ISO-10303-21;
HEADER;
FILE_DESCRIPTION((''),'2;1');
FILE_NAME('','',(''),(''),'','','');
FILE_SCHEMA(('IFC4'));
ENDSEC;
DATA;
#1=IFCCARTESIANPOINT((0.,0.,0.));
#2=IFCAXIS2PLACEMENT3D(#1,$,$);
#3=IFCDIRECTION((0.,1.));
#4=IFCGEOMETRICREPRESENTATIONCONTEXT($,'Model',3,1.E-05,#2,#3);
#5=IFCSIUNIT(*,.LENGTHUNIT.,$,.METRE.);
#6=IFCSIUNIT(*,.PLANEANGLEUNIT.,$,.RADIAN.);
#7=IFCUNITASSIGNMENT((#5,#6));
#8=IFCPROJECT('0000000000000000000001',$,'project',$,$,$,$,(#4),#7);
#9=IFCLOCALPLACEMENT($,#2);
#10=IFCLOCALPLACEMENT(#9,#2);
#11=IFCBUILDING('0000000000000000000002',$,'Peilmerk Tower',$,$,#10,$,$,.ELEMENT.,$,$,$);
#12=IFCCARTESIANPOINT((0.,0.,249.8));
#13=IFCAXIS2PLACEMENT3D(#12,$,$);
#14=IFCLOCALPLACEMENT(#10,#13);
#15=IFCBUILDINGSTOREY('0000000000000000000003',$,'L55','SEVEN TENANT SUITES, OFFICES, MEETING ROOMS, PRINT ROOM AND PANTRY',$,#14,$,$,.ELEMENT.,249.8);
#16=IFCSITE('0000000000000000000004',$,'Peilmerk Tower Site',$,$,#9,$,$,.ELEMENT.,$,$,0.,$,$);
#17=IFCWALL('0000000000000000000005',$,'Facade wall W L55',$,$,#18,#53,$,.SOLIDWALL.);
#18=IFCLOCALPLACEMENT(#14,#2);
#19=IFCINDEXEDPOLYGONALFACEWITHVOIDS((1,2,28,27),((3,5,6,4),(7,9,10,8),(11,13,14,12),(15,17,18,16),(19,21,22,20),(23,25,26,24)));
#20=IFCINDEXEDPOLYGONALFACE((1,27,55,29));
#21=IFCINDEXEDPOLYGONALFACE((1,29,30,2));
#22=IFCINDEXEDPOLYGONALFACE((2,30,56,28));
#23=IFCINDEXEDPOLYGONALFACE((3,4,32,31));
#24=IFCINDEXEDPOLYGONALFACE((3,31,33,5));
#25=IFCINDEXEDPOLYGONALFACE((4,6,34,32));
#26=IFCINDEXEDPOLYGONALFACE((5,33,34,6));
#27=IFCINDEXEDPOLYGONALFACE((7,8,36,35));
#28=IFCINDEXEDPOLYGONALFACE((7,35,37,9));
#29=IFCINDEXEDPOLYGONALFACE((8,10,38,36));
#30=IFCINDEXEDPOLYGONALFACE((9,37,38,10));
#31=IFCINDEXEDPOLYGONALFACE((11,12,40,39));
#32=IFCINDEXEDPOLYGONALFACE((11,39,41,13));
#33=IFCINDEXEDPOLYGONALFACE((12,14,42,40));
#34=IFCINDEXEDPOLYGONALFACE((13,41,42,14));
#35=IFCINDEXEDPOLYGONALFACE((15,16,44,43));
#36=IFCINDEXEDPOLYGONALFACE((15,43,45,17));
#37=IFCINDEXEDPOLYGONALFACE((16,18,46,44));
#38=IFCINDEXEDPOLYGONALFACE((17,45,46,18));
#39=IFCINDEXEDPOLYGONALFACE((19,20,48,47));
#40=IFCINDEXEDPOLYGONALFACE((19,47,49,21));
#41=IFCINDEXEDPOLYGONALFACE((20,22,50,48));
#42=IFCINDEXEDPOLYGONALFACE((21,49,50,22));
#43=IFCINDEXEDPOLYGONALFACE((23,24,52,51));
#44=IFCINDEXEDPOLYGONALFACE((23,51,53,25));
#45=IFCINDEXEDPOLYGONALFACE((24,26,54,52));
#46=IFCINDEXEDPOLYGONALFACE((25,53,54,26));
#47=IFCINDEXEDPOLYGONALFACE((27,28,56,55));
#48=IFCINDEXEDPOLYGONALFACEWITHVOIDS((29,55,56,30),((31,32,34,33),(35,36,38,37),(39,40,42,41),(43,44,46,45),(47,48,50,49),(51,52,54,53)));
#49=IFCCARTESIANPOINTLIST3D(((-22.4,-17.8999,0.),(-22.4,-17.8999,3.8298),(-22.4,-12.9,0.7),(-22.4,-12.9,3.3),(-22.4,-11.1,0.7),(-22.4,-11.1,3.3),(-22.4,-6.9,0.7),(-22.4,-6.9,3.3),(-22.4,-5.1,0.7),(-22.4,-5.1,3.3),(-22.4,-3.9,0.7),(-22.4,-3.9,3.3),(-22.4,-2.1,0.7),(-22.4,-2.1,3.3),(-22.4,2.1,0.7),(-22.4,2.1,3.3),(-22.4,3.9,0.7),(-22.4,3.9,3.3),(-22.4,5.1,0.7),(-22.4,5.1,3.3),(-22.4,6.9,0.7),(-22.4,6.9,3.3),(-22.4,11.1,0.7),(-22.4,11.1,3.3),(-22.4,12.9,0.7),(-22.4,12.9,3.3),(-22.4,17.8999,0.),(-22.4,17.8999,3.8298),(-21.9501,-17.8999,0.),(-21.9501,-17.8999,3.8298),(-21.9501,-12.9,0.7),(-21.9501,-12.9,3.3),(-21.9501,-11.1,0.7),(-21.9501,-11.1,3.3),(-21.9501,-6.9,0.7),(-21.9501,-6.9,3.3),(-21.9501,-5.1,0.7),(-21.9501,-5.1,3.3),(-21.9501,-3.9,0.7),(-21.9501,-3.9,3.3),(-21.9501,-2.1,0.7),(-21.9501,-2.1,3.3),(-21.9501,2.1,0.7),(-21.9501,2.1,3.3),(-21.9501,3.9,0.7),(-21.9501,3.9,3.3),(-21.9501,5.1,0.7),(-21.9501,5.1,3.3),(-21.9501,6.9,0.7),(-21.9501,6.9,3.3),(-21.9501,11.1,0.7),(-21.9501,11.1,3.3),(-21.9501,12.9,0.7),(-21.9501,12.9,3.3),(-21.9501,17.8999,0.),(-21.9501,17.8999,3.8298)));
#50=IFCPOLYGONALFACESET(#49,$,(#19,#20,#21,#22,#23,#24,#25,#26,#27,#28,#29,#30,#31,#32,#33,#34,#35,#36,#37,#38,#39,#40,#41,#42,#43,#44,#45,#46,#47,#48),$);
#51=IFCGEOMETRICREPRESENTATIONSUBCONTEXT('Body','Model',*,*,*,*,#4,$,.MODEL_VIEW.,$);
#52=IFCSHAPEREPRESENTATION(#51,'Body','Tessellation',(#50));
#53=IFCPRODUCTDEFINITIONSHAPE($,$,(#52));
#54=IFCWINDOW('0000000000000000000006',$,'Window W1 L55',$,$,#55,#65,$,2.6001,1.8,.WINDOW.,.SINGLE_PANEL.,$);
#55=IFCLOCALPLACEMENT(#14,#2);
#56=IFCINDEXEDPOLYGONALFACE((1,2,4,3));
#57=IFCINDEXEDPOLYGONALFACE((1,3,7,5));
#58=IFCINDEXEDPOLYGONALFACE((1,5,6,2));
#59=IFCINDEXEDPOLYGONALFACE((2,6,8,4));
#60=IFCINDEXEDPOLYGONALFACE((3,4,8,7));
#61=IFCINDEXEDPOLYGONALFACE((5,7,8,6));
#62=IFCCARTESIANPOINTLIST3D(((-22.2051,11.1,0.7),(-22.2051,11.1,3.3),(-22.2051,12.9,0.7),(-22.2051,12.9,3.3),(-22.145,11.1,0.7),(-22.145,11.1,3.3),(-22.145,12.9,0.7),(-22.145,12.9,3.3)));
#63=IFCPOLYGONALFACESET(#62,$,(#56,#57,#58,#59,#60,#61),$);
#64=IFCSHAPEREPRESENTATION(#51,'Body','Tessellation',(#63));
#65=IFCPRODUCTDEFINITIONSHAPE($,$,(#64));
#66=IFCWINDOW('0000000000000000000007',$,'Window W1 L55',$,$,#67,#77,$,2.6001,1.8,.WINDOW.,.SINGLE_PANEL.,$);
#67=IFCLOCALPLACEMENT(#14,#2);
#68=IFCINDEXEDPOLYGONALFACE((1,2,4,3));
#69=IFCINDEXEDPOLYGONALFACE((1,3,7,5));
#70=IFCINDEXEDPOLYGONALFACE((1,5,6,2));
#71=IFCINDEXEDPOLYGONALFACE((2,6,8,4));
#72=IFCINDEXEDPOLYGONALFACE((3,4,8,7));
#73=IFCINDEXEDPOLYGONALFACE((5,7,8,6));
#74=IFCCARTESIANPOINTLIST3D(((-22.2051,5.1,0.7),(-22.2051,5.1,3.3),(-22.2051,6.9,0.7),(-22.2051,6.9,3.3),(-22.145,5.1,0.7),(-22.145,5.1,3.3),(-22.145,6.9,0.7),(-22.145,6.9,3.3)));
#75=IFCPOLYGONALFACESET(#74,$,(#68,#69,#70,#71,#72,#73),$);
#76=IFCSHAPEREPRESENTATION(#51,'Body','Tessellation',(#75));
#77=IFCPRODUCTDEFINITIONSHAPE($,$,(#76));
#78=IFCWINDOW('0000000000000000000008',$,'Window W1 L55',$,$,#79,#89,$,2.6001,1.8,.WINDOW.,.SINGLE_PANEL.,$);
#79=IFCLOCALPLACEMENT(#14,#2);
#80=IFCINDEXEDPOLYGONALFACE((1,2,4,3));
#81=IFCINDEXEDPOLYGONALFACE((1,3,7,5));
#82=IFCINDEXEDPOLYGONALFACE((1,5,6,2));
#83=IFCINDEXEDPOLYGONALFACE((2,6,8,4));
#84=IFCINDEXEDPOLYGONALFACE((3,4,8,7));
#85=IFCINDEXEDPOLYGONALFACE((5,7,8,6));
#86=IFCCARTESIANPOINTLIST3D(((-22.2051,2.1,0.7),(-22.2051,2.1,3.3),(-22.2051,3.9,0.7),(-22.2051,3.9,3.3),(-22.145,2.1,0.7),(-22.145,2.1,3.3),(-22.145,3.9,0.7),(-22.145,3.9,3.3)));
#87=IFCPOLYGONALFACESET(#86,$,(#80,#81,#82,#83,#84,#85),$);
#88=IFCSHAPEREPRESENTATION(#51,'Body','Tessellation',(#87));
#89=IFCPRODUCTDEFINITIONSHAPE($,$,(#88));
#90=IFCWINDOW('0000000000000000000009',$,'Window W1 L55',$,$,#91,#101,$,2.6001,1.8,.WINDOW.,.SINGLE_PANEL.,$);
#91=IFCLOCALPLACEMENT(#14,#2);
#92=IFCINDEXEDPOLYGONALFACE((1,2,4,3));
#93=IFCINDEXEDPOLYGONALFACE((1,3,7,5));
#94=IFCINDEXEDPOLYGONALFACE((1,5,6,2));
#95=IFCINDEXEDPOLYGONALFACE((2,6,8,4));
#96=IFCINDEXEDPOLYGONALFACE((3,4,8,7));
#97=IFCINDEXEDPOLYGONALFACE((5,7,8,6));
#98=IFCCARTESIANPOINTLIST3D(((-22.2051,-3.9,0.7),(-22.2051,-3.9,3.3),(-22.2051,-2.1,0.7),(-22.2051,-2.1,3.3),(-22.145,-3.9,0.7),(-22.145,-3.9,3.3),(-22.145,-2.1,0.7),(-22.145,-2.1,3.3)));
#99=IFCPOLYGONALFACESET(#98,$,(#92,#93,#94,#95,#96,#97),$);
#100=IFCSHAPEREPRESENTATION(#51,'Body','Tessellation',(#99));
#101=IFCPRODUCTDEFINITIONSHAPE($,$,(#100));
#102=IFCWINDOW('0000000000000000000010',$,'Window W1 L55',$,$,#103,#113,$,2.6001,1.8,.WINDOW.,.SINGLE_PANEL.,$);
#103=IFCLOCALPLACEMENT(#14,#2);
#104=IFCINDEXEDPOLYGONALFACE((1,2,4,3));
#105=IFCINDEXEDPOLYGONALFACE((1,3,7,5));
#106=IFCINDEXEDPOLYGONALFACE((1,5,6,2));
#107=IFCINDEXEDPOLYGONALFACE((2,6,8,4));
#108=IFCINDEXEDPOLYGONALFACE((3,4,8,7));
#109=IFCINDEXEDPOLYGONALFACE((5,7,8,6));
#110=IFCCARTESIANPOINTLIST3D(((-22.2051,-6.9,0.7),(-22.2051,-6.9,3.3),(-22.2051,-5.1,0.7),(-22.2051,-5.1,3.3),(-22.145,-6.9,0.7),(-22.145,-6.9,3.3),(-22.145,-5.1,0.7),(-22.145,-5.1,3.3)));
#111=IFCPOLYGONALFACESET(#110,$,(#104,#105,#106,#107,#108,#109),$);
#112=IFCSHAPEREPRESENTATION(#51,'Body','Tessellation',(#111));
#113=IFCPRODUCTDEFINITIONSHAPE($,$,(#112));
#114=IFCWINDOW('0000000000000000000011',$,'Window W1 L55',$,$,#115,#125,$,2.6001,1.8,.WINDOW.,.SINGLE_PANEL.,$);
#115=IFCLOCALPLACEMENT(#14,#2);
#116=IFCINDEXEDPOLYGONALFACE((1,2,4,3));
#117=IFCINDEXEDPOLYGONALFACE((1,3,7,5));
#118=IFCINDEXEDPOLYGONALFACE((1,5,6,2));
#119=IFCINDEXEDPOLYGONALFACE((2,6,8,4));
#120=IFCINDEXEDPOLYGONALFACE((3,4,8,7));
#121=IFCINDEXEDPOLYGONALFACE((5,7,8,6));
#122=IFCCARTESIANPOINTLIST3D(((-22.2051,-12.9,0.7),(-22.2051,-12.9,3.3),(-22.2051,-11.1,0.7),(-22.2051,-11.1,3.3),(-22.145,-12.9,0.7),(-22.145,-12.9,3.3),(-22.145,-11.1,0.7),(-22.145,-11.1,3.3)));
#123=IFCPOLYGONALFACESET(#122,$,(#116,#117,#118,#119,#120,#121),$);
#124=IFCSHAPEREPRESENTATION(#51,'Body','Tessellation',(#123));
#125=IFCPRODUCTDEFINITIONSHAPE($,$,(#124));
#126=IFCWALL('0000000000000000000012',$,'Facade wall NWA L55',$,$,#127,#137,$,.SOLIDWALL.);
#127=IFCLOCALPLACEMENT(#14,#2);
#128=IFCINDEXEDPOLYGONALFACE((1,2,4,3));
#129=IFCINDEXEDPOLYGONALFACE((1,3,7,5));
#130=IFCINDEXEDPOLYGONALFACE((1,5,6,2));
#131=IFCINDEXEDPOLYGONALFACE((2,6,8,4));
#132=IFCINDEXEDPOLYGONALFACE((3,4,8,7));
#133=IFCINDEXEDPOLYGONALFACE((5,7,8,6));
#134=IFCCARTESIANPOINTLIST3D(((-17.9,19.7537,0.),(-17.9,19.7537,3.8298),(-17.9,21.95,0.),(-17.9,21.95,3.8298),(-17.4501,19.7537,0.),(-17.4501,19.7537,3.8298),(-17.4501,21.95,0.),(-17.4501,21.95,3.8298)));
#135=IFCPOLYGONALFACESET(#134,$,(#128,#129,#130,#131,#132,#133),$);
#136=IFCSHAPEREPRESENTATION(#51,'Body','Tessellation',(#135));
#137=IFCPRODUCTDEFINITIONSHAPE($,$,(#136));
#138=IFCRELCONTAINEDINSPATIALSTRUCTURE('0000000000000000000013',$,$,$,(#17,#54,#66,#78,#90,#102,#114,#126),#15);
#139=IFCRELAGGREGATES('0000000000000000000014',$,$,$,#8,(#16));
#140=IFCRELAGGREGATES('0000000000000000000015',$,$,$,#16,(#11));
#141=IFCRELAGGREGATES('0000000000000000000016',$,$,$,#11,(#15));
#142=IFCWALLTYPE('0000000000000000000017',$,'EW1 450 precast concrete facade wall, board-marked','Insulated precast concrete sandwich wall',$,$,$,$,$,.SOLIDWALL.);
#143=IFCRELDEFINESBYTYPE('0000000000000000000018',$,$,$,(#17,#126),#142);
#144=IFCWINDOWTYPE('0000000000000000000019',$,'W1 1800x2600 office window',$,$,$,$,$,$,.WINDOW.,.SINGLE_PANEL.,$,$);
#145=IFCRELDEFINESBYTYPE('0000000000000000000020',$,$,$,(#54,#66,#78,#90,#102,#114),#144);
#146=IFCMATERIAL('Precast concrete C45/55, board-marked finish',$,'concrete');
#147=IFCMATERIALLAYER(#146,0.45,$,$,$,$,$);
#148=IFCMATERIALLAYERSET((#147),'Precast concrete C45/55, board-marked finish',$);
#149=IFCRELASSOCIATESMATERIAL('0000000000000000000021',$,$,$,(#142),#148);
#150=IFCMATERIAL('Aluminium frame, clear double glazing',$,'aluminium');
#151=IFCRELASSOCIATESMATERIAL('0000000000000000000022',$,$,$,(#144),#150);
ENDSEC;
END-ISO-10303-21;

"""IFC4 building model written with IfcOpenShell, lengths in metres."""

from ifc_helpers import new_model, si_unit, direction, frame, frame_2d, origin, place, context, subcontext, project, spatial, rectangle, extrude, material, layer, layer_set, type_object, element, fill, save


model = new_model("IFC4")

# Units and contexts
model_context = context("Model", 3, precision=1e-05, world=origin(), true_north=direction((0.0, 1.0)))
body_context = subcontext(model_context, "Body", "Model", "MODEL_VIEW")
ifc_project = project(units=[si_unit("LENGTHUNIT", "METRE"), si_unit("PLANEANGLEUNIT", "RADIAN")], contexts=[model_context])

# Site, building, storey
site_placement = place(None, origin())
site = spatial("IfcSite", under=ifc_project, at=site_placement, Name="Peilmerk Tower Site", CompositionType="ELEMENT", RefElevation=0.0)
building_placement = place(site_placement, origin())
building = spatial("IfcBuilding", under=site, at=building_placement, Name="Peilmerk Tower", CompositionType="ELEMENT")
storey_placement = place(building_placement, frame((0.0, 0.0, 249.8)))
storey = spatial("IfcBuildingStorey", under=building, at=storey_placement, Name="L55", Description="SEVEN TENANT SUITES, OFFICES, MEETING ROOMS, PRINT ROOM AND PANTRY", CompositionType="ELEMENT", Elevation=249.8)

# Wall, openings, windows
ifc_material_1 = material(Name="Precast concrete C45/55, board-marked finish", Category="concrete")
ifc_layer_1 = layer(ifc_material_1, 0.45)
ifc_layer_set_1 = layer_set([ifc_layer_1], Name="Precast concrete C45/55, board-marked finish")
wall_type = type_object("IfcWallType", Name="EW1 450 precast concrete facade wall, board-marked", Description="Insulated precast concrete sandwich wall", PredefinedType="SOLIDWALL", material=ifc_layer_set_1)
wall_1_placement = place(storey_placement, frame((-22.175, 17.8999, 0.0), z_axis=(0.0, 0.0, 1.0), x_axis=(0.0, -1.0, 0.0)))
wall_1 = element("IfcWall", 1, at=wall_1_placement, inside=storey, type_object=wall_type, Name="Facade wall W L55", PredefinedType="SOLIDWALL", context=body_context, shape_type="SweptSolid", body=[
    extrude(rectangle(XDim=35.7998, YDim=0.45, at=frame_2d((17.8999, 0.0))), origin(), (0.0, 0.0, 1.0), 3.8298),
])
opening_1_placement = place(wall_1_placement, frame((5.0, 0.0, 0.7)))
opening_1 = element("IfcOpeningElement", 2, at=opening_1_placement, cuts=wall_1, PredefinedType="OPENING", context=body_context, shape_type="SweptSolid", body=[
    extrude(rectangle(XDim=1.8, YDim=2.6001, at=frame_2d((0.8999, 1.3))), frame((0.0, 0.2349, 0.0), z_axis=(0.0, -1.0, 0.0), x_axis=(1.0, 0.0, 0.0)), (0.0, 0.0, 1.0), 0.47),
])
opening_2_placement = place(wall_1_placement, frame((11.0, 0.0, 0.7)))
opening_2 = element("IfcOpeningElement", 3, at=opening_2_placement, cuts=wall_1, PredefinedType="OPENING", context=body_context, shape_type="SweptSolid", body=[
    extrude(rectangle(XDim=1.8, YDim=2.6001, at=frame_2d((0.8999, 1.3))), frame((0.0, 0.2349, 0.0), z_axis=(0.0, -1.0, 0.0), x_axis=(1.0, 0.0, 0.0)), (0.0, 0.0, 1.0), 0.47),
])
opening_3_placement = place(wall_1_placement, frame((14.0, 0.0, 0.7)))
opening_3 = element("IfcOpeningElement", 4, at=opening_3_placement, cuts=wall_1, PredefinedType="OPENING", context=body_context, shape_type="SweptSolid", body=[
    extrude(rectangle(XDim=1.8, YDim=2.6001, at=frame_2d((0.8999, 1.3))), frame((0.0, 0.2349, 0.0), z_axis=(0.0, -1.0, 0.0), x_axis=(1.0, 0.0, 0.0)), (0.0, 0.0, 1.0), 0.47),
])
opening_4_placement = place(wall_1_placement, frame((20.0, 0.0, 0.7)))
opening_4 = element("IfcOpeningElement", 5, at=opening_4_placement, cuts=wall_1, PredefinedType="OPENING", context=body_context, shape_type="SweptSolid", body=[
    extrude(rectangle(XDim=1.8, YDim=2.6001, at=frame_2d((0.8999, 1.3))), frame((0.0, 0.2349, 0.0), z_axis=(0.0, -1.0, 0.0), x_axis=(1.0, 0.0, 0.0)), (0.0, 0.0, 1.0), 0.47),
])
opening_5_placement = place(wall_1_placement, frame((23.0, 0.0, 0.7)))
opening_5 = element("IfcOpeningElement", 6, at=opening_5_placement, cuts=wall_1, PredefinedType="OPENING", context=body_context, shape_type="SweptSolid", body=[
    extrude(rectangle(XDim=1.8, YDim=2.6001, at=frame_2d((0.8999, 1.3))), frame((0.0, 0.2349, 0.0), z_axis=(0.0, -1.0, 0.0), x_axis=(1.0, 0.0, 0.0)), (0.0, 0.0, 1.0), 0.47),
])
opening_6_placement = place(wall_1_placement, frame((29.0, 0.0, 0.7)))
opening_6 = element("IfcOpeningElement", 7, at=opening_6_placement, cuts=wall_1, PredefinedType="OPENING", context=body_context, shape_type="SweptSolid", body=[
    extrude(rectangle(XDim=1.8, YDim=2.6001, at=frame_2d((0.8999, 1.3))), frame((0.0, 0.2349, 0.0), z_axis=(0.0, -1.0, 0.0), x_axis=(1.0, 0.0, 0.0)), (0.0, 0.0, 1.0), 0.47),
])
ifc_material_2 = material(Name="Aluminium frame, clear double glazing", Category="aluminium")
window_type = type_object("IfcWindowType", Name="W1 1800x2600 office window", PartitioningType="SINGLE_PANEL", PredefinedType="WINDOW", material=ifc_material_2)
window_1_placement = place(opening_1_placement, origin())
window_1 = element("IfcWindow", 8, at=window_1_placement, inside=storey, type_object=window_type, Name="Window W1 L55", OverallHeight=2.6001, OverallWidth=1.8, PartitioningType="SINGLE_PANEL", PredefinedType="WINDOW", context=body_context, shape_type="SweptSolid", body=[
    extrude(rectangle(XDim=1.8, YDim=2.6001, at=frame_2d((0.8999, 1.3))), frame((0.0, 0.03, 0.0), z_axis=(0.0, -1.0, 0.0), x_axis=(1.0, 0.0, 0.0)), (0.0, 0.0, 1.0), 0.0601),
])
fill(opening_1, window_1)
window_2_placement = place(opening_2_placement, origin())
window_2 = element("IfcWindow", 9, at=window_2_placement, inside=storey, type_object=window_type, Name="Window W1 L55", OverallHeight=2.6001, OverallWidth=1.8, PartitioningType="SINGLE_PANEL", PredefinedType="WINDOW", context=body_context, shape_type="SweptSolid", body=[
    extrude(rectangle(XDim=1.8, YDim=2.6001, at=frame_2d((0.8999, 1.3))), frame((0.0, 0.03, 0.0), z_axis=(0.0, -1.0, 0.0), x_axis=(1.0, 0.0, 0.0)), (0.0, 0.0, 1.0), 0.0601),
])
fill(opening_2, window_2)
window_3_placement = place(opening_3_placement, origin())
window_3 = element("IfcWindow", 10, at=window_3_placement, inside=storey, type_object=window_type, Name="Window W1 L55", OverallHeight=2.6001, OverallWidth=1.8, PartitioningType="SINGLE_PANEL", PredefinedType="WINDOW", context=body_context, shape_type="SweptSolid", body=[
    extrude(rectangle(XDim=1.8, YDim=2.6001, at=frame_2d((0.8999, 1.3))), frame((0.0, 0.03, 0.0), z_axis=(0.0, -1.0, 0.0), x_axis=(1.0, 0.0, 0.0)), (0.0, 0.0, 1.0), 0.0601),
])
fill(opening_3, window_3)
window_4_placement = place(opening_4_placement, origin())
window_4 = element("IfcWindow", 11, at=window_4_placement, inside=storey, type_object=window_type, Name="Window W1 L55", OverallHeight=2.6001, OverallWidth=1.8, PartitioningType="SINGLE_PANEL", PredefinedType="WINDOW", context=body_context, shape_type="SweptSolid", body=[
    extrude(rectangle(XDim=1.8, YDim=2.6001, at=frame_2d((0.8999, 1.3))), frame((0.0, 0.03, 0.0), z_axis=(0.0, -1.0, 0.0), x_axis=(1.0, 0.0, 0.0)), (0.0, 0.0, 1.0), 0.0601),
])
fill(opening_4, window_4)
window_5_placement = place(opening_5_placement, origin())
window_5 = element("IfcWindow", 12, at=window_5_placement, inside=storey, type_object=window_type, Name="Window W1 L55", OverallHeight=2.6001, OverallWidth=1.8, PartitioningType="SINGLE_PANEL", PredefinedType="WINDOW", context=body_context, shape_type="SweptSolid", body=[
    extrude(rectangle(XDim=1.8, YDim=2.6001, at=frame_2d((0.8999, 1.3))), frame((0.0, 0.03, 0.0), z_axis=(0.0, -1.0, 0.0), x_axis=(1.0, 0.0, 0.0)), (0.0, 0.0, 1.0), 0.0601),
])
fill(opening_5, window_5)
window_6_placement = place(opening_6_placement, origin())
window_6 = element("IfcWindow", 13, at=window_6_placement, inside=storey, type_object=window_type, Name="Window W1 L55", OverallHeight=2.6001, OverallWidth=1.8, PartitioningType="SINGLE_PANEL", PredefinedType="WINDOW", context=body_context, shape_type="SweptSolid", body=[
    extrude(rectangle(XDim=1.8, YDim=2.6001, at=frame_2d((0.8999, 1.3))), frame((0.0, 0.03, 0.0), z_axis=(0.0, -1.0, 0.0), x_axis=(1.0, 0.0, 0.0)), (0.0, 0.0, 1.0), 0.0601),
])
fill(opening_6, window_6)

# Wall
wall_2_placement = place(storey_placement, frame((-17.675, 19.7537, 0.0), z_axis=(0.0, 0.0, 1.0), x_axis=(0.0, 1.0, 0.0)))
element("IfcWall", 14, at=wall_2_placement, inside=storey, type_object=wall_type, Name="Facade wall NWA L55", PredefinedType="SOLIDWALL", context=body_context, shape_type="SweptSolid", body=[
    extrude(rectangle(XDim=2.1963, YDim=0.45, at=frame_2d((1.0981, 0.0))), origin(), (0.0, 0.0, 1.0), 3.8298),
])

save(model, "model.ifc")
